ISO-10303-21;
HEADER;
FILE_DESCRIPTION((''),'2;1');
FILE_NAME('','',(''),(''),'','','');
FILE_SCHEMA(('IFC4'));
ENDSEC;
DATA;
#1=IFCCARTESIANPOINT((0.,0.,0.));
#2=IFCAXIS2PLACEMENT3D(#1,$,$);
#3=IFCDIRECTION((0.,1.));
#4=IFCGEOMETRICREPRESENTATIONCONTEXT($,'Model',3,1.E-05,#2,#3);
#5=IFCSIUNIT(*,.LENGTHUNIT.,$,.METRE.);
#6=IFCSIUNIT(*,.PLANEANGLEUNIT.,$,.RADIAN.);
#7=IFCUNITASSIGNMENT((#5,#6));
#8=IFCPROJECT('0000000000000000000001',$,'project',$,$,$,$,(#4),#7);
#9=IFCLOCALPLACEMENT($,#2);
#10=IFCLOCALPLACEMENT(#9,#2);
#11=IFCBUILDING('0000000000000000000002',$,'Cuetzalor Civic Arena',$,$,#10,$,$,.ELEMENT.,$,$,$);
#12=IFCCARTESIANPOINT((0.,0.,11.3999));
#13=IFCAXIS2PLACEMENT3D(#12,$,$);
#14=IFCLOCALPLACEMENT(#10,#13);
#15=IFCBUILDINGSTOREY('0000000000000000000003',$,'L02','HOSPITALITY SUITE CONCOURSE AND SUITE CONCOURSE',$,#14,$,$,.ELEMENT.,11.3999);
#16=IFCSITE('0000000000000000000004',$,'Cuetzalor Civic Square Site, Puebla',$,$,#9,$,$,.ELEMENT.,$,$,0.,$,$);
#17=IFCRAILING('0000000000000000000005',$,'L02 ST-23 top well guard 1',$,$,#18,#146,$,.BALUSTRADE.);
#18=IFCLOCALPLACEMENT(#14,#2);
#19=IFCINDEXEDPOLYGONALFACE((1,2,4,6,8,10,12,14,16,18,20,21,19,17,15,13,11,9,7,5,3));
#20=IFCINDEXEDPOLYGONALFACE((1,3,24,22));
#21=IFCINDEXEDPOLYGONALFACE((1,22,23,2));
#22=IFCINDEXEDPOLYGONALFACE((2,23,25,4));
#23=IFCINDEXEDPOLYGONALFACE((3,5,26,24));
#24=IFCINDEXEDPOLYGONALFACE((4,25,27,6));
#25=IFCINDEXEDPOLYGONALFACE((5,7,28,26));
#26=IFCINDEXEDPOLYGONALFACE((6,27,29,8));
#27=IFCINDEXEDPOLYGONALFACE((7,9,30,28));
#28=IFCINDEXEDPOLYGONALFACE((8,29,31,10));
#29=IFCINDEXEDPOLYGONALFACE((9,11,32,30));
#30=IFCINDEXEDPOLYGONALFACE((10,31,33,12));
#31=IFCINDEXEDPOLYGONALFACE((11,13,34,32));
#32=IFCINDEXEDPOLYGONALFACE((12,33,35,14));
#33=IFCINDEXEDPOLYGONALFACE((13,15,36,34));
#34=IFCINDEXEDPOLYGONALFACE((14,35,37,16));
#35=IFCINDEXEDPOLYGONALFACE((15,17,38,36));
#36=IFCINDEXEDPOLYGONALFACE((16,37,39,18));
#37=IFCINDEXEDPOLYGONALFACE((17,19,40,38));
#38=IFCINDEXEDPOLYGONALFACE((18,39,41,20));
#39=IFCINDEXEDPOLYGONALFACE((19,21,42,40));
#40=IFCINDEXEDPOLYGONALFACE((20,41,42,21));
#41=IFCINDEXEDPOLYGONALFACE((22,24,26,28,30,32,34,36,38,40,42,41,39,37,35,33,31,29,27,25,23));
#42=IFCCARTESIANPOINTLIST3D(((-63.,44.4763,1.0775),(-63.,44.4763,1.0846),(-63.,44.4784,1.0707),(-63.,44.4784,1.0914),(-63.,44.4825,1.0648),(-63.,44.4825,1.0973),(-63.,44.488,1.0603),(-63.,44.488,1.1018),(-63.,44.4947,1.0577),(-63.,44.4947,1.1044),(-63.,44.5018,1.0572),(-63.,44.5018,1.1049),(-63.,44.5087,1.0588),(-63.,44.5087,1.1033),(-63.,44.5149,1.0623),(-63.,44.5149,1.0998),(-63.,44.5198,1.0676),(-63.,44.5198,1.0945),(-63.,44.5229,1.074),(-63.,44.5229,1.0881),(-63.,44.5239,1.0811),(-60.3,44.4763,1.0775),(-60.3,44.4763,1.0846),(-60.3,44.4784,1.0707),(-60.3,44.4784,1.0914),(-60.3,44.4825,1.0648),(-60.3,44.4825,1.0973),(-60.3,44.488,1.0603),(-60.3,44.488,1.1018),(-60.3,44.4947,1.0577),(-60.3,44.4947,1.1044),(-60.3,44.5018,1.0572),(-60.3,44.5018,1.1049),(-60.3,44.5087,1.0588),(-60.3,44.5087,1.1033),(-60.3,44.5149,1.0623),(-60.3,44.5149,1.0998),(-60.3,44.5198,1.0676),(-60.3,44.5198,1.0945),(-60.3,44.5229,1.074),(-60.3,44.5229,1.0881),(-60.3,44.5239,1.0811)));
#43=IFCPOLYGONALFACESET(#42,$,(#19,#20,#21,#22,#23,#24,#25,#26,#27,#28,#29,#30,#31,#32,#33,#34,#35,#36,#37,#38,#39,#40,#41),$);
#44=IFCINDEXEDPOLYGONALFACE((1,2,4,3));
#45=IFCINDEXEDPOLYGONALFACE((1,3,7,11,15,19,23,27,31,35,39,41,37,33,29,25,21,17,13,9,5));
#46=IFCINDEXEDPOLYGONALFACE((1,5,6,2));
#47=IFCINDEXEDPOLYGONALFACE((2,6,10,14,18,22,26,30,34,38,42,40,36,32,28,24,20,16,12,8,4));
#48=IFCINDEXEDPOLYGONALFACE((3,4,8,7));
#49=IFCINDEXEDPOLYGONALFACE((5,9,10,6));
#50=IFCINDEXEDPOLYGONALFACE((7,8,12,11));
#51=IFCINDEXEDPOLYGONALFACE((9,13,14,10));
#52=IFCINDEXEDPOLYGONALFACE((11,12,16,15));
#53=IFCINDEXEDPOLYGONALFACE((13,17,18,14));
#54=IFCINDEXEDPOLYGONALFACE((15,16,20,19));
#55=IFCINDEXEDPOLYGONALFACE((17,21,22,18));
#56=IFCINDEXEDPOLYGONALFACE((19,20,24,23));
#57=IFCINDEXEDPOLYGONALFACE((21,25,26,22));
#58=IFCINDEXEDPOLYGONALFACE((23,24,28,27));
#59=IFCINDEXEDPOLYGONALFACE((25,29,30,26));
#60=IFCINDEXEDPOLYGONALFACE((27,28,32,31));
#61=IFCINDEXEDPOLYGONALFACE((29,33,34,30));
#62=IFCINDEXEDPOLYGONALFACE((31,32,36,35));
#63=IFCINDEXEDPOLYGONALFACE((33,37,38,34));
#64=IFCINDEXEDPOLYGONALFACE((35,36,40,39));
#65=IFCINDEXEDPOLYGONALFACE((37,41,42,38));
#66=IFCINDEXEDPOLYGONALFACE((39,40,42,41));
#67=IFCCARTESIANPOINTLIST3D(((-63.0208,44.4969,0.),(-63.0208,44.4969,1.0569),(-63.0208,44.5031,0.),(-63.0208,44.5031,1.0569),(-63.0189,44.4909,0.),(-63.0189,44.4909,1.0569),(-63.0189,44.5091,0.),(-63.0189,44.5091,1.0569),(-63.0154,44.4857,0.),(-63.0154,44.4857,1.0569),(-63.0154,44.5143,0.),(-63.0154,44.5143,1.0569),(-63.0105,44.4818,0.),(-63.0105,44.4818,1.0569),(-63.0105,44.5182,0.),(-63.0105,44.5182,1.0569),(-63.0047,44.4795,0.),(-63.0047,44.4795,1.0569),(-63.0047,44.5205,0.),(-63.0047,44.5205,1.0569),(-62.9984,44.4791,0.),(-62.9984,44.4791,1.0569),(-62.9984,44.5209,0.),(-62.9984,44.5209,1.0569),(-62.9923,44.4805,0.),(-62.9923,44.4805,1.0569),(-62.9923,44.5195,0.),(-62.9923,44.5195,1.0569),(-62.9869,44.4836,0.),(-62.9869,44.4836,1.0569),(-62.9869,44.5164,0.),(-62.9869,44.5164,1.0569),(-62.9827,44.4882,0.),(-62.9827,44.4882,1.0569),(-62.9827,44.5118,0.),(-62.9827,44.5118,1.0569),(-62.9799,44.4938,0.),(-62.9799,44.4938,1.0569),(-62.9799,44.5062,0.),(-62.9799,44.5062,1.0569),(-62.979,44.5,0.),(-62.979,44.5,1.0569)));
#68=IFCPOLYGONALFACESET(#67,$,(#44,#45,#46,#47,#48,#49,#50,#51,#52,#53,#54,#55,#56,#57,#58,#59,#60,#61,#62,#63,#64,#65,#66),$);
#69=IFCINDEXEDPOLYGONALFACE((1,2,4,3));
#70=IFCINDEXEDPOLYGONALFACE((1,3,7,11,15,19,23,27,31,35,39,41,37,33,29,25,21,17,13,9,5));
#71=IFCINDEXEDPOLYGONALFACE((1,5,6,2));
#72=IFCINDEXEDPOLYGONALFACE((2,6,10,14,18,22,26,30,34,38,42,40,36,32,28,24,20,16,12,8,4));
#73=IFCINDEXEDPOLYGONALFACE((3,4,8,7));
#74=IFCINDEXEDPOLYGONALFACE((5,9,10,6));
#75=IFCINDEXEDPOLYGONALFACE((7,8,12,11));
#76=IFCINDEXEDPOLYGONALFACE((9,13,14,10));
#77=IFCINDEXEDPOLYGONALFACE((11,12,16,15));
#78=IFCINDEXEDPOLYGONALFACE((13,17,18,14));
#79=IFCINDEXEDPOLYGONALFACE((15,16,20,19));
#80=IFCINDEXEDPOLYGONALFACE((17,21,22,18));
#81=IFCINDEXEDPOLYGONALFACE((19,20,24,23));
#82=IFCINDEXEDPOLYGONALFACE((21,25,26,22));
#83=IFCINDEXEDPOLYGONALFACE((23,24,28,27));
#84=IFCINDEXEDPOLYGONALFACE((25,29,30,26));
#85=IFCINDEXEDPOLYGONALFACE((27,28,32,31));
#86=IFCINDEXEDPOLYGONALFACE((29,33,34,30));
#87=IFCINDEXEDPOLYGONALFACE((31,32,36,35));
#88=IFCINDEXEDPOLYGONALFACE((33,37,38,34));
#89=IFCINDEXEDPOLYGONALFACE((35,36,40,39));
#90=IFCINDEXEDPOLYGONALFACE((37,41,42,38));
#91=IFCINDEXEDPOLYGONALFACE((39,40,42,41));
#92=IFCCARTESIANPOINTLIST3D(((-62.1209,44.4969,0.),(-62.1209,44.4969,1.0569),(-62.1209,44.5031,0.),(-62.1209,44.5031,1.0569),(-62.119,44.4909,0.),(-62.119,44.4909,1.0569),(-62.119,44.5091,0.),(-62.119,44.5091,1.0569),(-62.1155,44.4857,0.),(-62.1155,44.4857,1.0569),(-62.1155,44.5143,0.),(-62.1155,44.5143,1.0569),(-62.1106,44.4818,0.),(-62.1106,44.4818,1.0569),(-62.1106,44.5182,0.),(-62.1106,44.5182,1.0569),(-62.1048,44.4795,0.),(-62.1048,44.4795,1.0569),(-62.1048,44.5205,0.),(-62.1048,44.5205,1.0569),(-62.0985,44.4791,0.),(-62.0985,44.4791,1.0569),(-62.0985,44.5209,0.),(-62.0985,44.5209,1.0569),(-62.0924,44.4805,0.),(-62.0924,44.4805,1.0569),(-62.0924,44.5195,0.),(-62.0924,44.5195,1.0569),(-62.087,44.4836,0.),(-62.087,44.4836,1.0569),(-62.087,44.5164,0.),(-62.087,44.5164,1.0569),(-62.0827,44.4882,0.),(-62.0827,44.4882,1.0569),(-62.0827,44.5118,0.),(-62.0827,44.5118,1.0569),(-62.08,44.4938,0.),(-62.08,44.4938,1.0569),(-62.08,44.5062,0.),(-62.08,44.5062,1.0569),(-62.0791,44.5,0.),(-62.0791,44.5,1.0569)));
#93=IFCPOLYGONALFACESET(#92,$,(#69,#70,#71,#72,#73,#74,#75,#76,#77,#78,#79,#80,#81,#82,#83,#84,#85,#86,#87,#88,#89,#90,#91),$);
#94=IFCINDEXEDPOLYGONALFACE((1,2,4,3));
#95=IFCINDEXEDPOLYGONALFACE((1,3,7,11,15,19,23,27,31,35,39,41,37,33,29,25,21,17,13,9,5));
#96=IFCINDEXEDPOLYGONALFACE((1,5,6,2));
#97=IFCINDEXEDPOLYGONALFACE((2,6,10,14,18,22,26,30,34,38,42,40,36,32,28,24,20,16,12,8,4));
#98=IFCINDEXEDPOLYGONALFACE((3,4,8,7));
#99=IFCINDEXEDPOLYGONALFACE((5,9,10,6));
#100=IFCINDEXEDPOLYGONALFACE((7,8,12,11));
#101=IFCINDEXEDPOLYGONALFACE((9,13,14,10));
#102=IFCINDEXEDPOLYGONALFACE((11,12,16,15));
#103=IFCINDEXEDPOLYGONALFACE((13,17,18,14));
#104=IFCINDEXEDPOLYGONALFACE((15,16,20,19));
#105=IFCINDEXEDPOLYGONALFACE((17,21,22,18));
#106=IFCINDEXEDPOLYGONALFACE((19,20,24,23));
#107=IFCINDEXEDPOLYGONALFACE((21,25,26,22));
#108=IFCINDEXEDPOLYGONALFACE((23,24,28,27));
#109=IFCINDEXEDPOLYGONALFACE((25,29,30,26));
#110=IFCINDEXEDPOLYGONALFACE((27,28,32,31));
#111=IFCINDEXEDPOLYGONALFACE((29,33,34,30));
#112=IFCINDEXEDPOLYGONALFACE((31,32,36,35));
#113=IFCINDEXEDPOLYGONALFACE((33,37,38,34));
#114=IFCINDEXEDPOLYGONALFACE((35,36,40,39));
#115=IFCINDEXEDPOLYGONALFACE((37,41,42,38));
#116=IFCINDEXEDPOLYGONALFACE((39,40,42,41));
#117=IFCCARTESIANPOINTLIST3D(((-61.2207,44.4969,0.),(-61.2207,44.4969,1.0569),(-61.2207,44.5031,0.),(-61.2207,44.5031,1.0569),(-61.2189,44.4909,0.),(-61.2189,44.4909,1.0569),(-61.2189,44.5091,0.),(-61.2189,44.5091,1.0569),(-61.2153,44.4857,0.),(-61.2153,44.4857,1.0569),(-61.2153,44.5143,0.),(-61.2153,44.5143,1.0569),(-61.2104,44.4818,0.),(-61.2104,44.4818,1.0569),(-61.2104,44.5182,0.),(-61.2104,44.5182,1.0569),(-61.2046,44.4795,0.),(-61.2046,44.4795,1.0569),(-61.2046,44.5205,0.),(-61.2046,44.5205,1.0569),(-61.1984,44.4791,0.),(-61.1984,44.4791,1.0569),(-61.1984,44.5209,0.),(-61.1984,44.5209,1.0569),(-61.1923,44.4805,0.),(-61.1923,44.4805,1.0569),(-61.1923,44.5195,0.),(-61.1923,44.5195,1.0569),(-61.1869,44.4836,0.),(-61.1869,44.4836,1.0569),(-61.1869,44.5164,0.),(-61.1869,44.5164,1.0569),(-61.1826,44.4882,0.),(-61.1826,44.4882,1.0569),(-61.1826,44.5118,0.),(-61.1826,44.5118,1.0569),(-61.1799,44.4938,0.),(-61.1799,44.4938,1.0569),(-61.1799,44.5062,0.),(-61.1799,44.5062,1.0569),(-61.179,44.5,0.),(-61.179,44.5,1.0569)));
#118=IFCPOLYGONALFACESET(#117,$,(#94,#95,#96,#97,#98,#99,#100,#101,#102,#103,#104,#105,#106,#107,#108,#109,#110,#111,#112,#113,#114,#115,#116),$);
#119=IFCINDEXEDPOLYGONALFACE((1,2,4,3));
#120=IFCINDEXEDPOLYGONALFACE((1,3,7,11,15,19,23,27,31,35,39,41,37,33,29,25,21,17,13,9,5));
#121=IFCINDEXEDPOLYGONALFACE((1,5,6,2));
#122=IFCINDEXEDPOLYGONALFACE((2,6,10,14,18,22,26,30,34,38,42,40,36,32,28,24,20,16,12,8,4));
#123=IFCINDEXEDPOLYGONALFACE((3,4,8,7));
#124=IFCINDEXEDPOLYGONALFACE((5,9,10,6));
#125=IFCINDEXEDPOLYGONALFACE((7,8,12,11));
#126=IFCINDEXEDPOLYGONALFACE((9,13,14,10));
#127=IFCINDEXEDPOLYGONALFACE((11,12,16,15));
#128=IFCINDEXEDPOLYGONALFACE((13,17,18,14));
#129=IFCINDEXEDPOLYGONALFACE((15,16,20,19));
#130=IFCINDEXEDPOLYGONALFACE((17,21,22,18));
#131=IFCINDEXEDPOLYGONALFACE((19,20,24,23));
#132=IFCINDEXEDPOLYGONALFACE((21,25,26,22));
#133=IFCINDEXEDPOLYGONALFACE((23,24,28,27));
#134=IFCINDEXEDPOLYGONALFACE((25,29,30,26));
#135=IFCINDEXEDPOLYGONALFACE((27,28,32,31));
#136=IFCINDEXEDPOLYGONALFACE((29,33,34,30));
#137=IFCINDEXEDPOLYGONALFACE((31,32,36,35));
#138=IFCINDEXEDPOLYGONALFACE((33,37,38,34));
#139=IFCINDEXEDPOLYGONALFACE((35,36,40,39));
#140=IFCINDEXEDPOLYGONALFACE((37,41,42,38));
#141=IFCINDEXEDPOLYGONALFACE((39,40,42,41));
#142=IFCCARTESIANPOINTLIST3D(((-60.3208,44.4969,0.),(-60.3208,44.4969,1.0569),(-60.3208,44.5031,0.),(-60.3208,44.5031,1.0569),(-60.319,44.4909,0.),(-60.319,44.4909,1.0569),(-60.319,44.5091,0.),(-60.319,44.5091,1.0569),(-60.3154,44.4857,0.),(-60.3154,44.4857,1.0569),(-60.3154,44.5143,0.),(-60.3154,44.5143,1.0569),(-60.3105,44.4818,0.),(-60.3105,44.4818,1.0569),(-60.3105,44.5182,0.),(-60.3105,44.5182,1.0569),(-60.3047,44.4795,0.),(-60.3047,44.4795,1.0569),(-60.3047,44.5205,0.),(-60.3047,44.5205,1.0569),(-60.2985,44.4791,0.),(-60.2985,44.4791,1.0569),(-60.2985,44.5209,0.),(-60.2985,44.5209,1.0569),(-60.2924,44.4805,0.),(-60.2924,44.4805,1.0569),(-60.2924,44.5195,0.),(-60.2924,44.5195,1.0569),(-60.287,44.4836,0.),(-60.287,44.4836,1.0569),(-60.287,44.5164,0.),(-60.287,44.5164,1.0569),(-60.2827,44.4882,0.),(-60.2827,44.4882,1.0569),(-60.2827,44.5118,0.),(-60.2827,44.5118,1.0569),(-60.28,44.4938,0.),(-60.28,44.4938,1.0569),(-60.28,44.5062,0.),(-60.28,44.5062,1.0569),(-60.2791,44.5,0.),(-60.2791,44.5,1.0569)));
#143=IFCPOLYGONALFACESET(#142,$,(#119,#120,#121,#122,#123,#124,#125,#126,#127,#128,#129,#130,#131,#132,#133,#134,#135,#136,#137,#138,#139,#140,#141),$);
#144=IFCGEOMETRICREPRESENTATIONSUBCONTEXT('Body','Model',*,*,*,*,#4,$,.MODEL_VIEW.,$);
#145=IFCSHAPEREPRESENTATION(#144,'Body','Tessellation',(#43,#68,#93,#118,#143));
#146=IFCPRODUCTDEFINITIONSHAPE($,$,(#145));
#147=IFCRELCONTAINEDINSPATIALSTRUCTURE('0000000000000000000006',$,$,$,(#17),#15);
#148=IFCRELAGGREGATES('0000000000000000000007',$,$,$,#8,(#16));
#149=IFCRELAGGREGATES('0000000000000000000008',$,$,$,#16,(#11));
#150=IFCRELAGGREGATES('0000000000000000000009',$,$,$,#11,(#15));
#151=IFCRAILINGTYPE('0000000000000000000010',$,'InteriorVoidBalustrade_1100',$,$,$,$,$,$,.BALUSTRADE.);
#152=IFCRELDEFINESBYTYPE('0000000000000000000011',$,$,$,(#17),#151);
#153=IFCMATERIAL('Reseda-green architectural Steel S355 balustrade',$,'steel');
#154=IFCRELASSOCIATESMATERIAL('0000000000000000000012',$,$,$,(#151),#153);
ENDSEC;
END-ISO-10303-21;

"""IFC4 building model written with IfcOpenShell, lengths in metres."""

from ifc_helpers import new_model, si_unit, direction, frame, origin, origin_2d, place, context, subcontext, project, spatial, circle, extrude, material, type_object, element, save


model = new_model("IFC4")

# Units and contexts
model_context = context("Model", 3, precision=1e-05, world=origin(), true_north=direction((0.0, 1.0)))
body_context = subcontext(model_context, "Body", "Model", "MODEL_VIEW")
ifc_project = project(units=[si_unit("LENGTHUNIT", "METRE"), si_unit("PLANEANGLEUNIT", "RADIAN")], contexts=[model_context])

# Site, building, storey
site_placement = place(None, origin())
site = spatial("IfcSite", under=ifc_project, at=site_placement, Name="Cuetzalor Civic Square Site, Puebla", CompositionType="ELEMENT", RefElevation=0.0)
building_placement = place(site_placement, origin())
building = spatial("IfcBuilding", under=site, at=building_placement, Name="Cuetzalor Civic Arena", CompositionType="ELEMENT")
storey_placement = place(building_placement, frame((0.0, 0.0, 11.3999)))
storey = spatial("IfcBuildingStorey", under=building, at=storey_placement, Name="L02", Description="HOSPITALITY SUITE CONCOURSE AND SUITE CONCOURSE", CompositionType="ELEMENT", Elevation=11.3999)

# Railing
ifc_material_1 = material(Name="Reseda-green architectural Steel S355 balustrade", Category="steel")
railing_type = type_object("IfcRailingType", Name="InteriorVoidBalustrade_1100", PredefinedType="BALUSTRADE", material=ifc_material_1)
railing_placement = place(storey_placement, frame((-63.0, 44.5, 0.0)))
element("IfcRailing", 1, at=railing_placement, inside=storey, type_object=railing_type, Name="L02 ST-23 top well guard 1", PredefinedType="BALUSTRADE", context=body_context, shape_type="SweptSolid", body=[
    extrude(circle(Radius=0.0239, at=origin_2d()), frame((0.0, 0.0, 1.0811), z_axis=(1.0, 0.0, 0.0), x_axis=(0.0, 1.0, 0.0)), (0.0, 0.0, 1.0), 2.7),
    extrude(circle(Radius=0.021, at=origin_2d()), origin(), (0.0, 0.0, 1.0), 1.0569),
    extrude(circle(Radius=0.021, at=origin_2d()), frame((0.8999, 0.0, 0.0)), (0.0, 0.0, 1.0), 1.0569),
    extrude(circle(Radius=0.021, at=origin_2d()), frame((1.8, 0.0, 0.0)), (0.0, 0.0, 1.0), 1.0569),
    extrude(circle(Radius=0.021, at=origin_2d()), frame((2.7, 0.0, 0.0)), (0.0, 0.0, 1.0), 1.0569),
])

save(model, "model.ifc")
